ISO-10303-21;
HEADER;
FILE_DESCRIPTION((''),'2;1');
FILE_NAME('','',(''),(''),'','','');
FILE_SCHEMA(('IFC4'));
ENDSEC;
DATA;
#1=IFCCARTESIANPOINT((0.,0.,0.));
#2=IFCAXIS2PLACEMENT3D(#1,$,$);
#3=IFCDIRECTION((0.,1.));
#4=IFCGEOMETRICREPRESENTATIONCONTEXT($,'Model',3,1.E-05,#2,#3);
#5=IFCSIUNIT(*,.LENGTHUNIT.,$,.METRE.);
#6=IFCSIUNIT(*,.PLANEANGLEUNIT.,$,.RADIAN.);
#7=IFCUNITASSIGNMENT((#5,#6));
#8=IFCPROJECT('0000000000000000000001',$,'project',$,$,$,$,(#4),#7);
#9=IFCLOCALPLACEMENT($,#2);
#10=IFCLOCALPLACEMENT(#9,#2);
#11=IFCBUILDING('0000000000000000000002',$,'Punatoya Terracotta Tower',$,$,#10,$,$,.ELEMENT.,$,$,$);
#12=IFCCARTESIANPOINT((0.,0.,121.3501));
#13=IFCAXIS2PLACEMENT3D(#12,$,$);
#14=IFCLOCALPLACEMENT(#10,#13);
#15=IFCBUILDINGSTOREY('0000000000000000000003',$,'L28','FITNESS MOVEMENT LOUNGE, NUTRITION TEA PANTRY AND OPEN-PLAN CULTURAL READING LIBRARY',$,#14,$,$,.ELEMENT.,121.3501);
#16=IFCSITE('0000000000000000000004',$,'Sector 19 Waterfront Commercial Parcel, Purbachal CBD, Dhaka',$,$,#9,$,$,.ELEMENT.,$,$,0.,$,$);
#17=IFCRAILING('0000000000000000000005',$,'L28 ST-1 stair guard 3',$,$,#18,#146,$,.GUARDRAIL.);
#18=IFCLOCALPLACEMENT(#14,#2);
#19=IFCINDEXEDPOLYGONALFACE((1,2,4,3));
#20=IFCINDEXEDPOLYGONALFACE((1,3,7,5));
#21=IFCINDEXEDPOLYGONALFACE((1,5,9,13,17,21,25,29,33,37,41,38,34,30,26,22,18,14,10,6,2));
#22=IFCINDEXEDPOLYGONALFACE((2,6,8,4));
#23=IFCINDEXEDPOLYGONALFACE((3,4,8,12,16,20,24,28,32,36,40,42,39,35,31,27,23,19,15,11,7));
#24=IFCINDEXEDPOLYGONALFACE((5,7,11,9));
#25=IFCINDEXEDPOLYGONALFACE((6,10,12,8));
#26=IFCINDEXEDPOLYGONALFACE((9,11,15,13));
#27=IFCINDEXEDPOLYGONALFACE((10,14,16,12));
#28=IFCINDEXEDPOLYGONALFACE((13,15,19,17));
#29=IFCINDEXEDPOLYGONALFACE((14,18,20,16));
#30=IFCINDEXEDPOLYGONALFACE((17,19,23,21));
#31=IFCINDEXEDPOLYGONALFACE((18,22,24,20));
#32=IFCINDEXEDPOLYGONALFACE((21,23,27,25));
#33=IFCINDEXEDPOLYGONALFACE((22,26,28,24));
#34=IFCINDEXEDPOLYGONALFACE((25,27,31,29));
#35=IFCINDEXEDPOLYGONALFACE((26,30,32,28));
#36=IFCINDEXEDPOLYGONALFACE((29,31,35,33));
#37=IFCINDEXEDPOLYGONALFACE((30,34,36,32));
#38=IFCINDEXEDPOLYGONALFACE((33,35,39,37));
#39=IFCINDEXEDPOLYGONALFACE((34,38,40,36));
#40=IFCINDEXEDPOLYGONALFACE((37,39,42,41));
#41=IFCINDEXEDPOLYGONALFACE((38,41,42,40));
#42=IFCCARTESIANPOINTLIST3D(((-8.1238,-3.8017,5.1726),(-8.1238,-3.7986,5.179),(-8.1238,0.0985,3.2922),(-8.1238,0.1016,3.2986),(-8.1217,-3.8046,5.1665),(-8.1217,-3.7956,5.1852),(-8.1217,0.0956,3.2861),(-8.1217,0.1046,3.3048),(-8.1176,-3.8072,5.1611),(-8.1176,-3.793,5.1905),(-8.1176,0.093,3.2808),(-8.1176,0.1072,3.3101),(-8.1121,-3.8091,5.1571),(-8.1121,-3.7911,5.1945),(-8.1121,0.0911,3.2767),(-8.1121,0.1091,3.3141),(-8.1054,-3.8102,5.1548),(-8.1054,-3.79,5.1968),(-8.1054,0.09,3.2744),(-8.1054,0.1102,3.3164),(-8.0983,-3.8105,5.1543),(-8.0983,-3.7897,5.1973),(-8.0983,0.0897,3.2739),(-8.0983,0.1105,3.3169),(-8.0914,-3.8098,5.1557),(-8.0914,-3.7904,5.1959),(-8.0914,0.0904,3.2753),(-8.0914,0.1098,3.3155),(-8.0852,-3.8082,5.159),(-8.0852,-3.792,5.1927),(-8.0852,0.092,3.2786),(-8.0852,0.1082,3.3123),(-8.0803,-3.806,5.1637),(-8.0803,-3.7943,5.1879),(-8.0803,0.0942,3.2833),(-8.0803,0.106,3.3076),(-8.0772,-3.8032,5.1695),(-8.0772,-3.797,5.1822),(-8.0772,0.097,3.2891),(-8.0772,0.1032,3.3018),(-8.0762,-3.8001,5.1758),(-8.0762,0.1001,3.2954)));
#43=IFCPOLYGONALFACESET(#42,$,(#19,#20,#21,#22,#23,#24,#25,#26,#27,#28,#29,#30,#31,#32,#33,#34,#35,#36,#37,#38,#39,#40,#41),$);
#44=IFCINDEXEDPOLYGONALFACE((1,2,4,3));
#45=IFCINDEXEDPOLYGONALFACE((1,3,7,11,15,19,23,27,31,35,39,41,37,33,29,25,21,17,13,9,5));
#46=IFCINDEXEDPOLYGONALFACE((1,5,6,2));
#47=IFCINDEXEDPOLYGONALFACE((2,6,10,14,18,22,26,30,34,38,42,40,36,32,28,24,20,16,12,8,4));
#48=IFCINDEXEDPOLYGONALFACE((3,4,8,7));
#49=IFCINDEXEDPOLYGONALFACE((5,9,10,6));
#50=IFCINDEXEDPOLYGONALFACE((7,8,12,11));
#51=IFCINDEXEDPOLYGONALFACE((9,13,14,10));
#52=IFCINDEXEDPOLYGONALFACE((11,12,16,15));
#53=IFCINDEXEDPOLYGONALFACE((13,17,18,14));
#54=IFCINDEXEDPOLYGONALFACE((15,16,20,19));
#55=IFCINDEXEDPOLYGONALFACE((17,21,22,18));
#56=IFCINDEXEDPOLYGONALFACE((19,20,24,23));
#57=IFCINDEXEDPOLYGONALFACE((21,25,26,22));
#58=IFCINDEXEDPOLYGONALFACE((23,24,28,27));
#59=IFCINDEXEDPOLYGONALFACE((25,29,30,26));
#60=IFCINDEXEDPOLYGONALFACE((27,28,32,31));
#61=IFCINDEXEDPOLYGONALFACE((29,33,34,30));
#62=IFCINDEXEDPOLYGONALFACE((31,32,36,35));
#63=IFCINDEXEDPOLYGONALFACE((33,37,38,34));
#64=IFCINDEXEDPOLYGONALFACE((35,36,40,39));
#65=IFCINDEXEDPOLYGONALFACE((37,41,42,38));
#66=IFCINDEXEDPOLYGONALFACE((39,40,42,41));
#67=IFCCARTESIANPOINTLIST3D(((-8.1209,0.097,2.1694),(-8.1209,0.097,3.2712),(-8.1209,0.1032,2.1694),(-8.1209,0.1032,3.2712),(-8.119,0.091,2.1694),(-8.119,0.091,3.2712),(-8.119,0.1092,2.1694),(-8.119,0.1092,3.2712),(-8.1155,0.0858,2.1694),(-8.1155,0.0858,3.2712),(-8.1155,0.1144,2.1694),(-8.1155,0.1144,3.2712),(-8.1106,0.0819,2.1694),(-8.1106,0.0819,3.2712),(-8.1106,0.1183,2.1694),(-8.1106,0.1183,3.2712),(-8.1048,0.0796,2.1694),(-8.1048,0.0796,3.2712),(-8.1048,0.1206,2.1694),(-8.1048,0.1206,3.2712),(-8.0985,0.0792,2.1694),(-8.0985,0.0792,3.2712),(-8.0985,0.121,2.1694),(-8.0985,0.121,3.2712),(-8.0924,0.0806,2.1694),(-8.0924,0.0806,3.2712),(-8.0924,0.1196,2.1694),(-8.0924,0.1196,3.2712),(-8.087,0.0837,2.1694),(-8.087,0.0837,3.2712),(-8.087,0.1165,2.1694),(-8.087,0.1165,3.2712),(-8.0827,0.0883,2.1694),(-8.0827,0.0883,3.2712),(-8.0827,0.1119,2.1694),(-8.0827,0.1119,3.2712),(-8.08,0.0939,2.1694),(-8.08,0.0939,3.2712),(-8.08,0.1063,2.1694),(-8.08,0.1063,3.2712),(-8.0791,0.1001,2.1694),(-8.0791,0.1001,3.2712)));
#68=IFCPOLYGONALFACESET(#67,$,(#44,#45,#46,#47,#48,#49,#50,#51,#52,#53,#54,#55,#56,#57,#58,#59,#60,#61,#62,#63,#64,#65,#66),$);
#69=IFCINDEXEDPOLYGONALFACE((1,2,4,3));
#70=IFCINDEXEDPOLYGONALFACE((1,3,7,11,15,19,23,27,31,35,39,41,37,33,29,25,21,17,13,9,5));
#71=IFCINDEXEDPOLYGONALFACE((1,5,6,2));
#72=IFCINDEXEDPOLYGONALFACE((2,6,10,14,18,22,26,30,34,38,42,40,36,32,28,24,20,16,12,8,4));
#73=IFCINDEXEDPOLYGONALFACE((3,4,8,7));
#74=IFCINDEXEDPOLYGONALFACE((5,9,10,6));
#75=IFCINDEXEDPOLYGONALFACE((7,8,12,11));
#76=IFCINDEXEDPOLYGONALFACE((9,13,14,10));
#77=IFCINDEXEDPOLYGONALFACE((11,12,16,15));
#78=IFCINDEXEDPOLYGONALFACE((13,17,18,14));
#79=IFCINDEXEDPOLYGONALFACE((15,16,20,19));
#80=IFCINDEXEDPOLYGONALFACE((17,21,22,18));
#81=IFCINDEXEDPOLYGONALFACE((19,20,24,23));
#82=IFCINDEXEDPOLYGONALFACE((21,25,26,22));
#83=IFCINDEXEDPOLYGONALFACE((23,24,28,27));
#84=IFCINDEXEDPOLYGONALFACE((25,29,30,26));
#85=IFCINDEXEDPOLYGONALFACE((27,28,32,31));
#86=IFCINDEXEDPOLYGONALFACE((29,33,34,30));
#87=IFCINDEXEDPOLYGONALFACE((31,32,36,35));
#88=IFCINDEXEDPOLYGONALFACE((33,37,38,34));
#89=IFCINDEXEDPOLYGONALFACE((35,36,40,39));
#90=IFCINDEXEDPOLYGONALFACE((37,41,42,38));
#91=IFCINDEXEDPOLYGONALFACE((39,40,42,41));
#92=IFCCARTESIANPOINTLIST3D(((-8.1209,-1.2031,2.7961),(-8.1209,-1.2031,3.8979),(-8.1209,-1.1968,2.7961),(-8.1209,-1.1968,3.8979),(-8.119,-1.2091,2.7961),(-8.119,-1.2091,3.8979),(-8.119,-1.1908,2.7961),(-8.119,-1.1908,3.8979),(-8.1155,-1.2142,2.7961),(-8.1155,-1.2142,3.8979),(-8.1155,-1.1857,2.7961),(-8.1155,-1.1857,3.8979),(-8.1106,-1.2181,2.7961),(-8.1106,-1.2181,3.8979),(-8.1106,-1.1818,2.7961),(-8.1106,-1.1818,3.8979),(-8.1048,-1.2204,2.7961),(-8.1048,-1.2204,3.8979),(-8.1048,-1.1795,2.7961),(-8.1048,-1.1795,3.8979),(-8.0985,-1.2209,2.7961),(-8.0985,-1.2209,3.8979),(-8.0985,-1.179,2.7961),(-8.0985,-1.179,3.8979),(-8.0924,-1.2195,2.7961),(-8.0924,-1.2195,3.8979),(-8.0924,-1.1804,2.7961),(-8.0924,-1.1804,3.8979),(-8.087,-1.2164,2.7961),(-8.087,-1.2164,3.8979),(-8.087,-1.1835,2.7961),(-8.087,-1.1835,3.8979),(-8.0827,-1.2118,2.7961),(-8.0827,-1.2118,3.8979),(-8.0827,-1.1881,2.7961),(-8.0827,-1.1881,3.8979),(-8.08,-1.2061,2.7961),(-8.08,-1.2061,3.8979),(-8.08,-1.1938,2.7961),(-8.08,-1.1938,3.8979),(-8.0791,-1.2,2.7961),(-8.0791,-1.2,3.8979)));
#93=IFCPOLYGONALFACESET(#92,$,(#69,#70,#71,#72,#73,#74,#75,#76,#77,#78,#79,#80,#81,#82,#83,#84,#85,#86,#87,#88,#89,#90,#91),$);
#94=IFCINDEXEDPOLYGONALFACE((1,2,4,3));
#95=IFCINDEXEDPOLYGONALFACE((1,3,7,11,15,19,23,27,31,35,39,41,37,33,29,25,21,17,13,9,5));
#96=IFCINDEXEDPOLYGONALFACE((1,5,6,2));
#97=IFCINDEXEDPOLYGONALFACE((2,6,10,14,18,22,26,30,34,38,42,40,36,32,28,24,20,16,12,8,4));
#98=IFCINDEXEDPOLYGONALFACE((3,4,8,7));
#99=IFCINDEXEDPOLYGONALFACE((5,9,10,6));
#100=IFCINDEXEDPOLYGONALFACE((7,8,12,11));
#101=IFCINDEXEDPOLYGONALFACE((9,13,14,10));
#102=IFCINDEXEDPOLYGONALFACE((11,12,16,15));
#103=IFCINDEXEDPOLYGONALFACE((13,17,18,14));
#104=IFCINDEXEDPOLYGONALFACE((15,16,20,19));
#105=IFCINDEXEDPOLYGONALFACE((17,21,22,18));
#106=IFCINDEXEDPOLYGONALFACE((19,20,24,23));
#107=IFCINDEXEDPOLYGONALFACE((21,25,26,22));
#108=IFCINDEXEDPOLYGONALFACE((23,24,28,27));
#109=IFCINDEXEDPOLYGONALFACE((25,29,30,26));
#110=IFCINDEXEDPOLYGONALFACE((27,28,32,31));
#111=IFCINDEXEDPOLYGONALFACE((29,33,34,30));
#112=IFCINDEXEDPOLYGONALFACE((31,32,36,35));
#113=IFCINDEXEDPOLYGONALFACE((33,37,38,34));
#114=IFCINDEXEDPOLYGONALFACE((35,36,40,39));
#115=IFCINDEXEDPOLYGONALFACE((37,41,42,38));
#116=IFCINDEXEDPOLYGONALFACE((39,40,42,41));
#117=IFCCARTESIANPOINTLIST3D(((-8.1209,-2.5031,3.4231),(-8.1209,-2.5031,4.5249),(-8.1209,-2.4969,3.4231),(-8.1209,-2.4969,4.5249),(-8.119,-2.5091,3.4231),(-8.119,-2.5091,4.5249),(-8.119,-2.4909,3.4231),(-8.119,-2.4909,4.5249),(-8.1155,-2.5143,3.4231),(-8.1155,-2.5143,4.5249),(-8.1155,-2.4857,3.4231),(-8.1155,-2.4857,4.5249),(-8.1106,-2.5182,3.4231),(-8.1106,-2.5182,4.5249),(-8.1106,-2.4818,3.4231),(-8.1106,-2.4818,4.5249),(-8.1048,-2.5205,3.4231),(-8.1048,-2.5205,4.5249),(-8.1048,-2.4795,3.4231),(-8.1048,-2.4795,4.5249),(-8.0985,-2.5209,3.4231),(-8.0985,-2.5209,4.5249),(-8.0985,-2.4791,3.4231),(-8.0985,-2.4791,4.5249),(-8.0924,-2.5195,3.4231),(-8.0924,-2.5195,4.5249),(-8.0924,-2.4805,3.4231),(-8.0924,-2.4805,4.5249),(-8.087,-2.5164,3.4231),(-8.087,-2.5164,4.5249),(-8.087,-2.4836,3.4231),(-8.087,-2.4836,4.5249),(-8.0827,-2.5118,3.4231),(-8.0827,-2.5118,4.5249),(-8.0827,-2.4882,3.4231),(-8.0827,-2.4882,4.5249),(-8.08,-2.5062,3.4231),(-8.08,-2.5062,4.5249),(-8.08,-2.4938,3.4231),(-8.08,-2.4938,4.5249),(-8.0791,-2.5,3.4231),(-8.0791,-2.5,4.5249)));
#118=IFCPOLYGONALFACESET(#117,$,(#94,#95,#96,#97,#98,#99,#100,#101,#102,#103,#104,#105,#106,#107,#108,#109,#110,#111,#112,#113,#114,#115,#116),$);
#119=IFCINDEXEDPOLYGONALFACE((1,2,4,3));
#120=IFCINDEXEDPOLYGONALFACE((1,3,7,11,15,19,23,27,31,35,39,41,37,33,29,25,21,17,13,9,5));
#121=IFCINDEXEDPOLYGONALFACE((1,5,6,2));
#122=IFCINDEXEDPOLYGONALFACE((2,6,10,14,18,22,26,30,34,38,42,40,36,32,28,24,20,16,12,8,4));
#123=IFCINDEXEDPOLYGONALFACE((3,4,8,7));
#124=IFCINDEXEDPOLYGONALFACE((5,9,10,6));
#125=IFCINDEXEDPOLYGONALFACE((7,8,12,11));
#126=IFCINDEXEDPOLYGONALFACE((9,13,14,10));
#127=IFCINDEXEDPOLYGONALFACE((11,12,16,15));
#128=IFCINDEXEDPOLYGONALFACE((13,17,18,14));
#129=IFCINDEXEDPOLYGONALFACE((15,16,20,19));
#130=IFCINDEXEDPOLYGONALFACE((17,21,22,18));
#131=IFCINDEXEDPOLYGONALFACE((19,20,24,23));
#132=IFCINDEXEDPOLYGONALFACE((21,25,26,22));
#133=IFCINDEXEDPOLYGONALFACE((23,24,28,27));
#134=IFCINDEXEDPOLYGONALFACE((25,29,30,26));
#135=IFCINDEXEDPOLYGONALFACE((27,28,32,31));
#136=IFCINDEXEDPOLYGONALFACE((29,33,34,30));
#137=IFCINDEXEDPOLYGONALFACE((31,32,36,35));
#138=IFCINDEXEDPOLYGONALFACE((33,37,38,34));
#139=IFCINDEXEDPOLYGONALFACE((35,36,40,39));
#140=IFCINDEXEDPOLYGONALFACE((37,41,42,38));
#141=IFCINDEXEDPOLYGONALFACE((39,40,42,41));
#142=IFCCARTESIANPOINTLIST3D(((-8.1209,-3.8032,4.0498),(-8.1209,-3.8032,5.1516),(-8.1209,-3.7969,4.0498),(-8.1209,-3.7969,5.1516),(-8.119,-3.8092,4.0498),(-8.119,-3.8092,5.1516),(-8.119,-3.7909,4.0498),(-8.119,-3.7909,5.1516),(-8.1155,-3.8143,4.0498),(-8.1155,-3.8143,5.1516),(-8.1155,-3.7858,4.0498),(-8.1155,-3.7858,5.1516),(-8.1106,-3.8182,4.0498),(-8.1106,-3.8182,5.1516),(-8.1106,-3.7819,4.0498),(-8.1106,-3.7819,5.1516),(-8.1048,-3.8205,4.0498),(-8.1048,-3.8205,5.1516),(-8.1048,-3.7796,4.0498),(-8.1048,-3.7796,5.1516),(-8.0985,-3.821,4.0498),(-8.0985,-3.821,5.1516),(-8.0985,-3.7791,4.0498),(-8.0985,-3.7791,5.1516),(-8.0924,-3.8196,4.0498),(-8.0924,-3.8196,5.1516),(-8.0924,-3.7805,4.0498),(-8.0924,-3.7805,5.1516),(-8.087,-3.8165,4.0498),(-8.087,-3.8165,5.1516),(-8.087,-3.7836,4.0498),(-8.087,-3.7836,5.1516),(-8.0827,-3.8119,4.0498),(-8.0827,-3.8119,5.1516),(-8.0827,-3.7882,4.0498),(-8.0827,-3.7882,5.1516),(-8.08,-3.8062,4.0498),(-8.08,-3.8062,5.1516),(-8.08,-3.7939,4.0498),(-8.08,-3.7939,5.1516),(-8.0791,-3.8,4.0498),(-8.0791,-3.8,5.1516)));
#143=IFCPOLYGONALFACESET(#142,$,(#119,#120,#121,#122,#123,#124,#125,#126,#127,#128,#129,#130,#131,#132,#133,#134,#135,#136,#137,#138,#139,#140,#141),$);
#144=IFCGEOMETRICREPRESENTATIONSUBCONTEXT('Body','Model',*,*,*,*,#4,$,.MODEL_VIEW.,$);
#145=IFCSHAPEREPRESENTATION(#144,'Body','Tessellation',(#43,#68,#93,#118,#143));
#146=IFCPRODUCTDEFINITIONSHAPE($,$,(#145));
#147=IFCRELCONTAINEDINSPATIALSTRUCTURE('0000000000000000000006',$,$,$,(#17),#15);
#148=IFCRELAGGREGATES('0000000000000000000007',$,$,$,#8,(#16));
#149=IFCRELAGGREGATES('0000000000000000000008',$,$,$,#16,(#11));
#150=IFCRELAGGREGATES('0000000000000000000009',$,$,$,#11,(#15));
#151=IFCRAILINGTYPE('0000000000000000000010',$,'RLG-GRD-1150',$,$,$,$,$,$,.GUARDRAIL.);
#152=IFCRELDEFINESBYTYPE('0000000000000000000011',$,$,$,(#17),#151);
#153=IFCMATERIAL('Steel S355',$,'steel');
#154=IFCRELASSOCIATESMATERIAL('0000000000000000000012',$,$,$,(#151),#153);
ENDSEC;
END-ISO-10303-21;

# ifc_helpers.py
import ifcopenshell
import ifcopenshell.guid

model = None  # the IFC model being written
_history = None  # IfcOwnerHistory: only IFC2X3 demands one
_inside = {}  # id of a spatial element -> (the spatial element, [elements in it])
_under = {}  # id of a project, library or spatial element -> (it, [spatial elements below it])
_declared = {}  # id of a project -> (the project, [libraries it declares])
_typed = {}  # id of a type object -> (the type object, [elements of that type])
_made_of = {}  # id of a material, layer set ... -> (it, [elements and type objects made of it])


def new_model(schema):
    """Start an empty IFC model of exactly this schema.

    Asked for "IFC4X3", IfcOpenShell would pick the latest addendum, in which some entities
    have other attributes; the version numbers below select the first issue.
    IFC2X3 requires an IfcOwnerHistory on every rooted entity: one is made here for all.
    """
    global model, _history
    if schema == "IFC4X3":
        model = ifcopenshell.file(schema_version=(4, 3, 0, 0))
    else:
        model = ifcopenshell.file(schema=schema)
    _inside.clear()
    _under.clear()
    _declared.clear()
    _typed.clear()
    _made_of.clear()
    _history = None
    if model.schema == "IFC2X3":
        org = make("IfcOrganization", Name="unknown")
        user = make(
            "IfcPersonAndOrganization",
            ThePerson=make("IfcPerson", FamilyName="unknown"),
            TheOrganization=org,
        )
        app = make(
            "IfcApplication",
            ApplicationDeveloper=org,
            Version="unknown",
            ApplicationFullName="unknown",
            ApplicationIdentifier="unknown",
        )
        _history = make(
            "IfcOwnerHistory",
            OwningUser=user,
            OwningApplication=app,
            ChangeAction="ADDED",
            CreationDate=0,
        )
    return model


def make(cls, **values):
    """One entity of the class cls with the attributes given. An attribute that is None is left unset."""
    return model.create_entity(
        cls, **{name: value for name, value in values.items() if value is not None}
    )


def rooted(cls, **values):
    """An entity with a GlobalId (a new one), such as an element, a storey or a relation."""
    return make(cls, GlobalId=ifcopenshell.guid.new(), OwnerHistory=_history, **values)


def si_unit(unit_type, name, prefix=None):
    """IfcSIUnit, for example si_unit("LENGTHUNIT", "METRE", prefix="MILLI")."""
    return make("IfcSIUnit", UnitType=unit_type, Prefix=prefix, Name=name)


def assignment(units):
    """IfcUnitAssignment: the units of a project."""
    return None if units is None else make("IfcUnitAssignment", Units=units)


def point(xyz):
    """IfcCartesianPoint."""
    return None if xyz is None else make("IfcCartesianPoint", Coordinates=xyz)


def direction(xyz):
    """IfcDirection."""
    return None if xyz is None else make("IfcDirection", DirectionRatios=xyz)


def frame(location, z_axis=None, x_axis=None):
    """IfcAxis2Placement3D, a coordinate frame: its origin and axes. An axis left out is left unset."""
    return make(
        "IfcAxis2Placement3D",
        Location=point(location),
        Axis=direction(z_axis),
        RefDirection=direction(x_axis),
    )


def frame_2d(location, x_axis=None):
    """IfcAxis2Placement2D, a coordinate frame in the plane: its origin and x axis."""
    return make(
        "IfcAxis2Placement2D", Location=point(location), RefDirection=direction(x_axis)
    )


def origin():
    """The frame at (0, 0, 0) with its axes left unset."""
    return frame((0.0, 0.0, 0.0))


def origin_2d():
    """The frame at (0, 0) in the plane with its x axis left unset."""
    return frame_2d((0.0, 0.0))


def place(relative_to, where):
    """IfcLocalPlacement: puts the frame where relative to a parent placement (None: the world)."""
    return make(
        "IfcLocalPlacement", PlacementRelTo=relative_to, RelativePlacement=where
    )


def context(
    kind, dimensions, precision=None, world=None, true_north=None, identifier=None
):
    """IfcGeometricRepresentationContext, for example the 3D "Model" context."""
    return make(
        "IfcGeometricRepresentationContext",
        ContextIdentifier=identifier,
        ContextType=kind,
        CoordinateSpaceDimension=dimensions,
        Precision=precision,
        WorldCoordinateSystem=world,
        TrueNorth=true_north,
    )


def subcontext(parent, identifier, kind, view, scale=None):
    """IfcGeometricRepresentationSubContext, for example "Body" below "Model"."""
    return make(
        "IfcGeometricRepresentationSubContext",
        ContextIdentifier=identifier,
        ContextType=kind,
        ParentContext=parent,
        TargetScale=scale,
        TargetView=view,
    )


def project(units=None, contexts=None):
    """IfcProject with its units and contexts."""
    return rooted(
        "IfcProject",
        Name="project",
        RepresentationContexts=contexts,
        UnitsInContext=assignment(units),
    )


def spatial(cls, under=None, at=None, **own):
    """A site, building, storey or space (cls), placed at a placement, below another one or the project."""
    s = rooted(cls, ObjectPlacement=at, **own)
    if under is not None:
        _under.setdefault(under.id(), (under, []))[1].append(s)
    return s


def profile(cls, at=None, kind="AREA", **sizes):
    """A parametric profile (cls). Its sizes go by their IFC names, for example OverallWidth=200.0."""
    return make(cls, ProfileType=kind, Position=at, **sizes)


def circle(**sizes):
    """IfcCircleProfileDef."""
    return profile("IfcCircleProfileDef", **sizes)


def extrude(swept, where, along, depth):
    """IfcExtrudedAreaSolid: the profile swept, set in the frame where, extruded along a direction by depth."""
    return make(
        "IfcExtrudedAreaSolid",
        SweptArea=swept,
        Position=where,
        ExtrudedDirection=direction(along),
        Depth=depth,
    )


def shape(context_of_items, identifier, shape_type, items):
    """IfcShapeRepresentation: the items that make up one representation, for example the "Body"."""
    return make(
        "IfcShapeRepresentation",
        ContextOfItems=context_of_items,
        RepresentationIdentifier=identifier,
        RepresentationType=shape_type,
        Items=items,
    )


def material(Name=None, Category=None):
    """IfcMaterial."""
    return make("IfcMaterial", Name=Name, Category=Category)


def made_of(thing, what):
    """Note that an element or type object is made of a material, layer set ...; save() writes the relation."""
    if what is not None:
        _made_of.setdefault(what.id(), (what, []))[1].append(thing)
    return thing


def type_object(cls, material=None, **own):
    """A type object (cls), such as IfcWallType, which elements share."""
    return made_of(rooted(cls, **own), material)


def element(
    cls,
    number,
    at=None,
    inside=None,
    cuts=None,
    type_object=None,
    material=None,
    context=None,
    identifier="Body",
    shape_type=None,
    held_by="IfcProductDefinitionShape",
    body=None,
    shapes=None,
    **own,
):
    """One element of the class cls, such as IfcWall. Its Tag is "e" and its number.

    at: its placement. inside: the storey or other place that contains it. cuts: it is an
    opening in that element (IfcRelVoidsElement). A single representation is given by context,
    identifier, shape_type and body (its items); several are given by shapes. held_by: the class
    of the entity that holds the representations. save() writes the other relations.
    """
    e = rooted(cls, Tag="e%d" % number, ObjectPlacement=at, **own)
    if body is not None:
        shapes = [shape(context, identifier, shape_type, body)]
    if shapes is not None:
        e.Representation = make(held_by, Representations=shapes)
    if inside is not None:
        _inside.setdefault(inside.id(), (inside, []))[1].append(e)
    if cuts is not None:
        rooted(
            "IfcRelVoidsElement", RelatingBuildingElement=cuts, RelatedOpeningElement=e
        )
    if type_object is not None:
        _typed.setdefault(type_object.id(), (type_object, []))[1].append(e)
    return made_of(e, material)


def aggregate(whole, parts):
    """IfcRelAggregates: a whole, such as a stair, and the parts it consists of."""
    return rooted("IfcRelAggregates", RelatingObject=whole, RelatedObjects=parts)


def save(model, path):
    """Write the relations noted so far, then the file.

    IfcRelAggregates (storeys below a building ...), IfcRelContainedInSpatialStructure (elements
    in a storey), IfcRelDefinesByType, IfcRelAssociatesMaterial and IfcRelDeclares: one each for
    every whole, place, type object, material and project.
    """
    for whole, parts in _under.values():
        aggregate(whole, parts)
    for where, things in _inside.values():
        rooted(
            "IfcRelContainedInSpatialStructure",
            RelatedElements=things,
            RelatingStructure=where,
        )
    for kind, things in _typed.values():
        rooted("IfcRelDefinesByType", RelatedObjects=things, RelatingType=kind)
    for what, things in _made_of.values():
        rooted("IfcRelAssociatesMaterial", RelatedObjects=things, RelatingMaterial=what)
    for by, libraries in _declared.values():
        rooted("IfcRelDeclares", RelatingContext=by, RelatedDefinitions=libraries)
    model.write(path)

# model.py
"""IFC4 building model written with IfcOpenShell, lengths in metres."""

from ifc_helpers import new_model, si_unit, direction, frame, origin, origin_2d, place, context, subcontext, project, spatial, circle, extrude, material, type_object, element, save


model = new_model("IFC4")

# Units and contexts
model_context = context("Model", 3, precision=1e-05, world=origin(), true_north=direction((0.0, 1.0)))
body_context = subcontext(model_context, "Body", "Model", "MODEL_VIEW")
ifc_project = project(units=[si_unit("LENGTHUNIT", "METRE"), si_unit("PLANEANGLEUNIT", "RADIAN")], contexts=[model_context])

# Site, building, storey
site_placement = place(None, origin())
site = spatial("IfcSite", under=ifc_project, at=site_placement, Name="Sector 19 Waterfront Commercial Parcel, Purbachal CBD, Dhaka", CompositionType="ELEMENT", RefElevation=0.0)
building_placement = place(site_placement, origin())
building = spatial("IfcBuilding", under=site, at=building_placement, Name="Punatoya Terracotta Tower", CompositionType="ELEMENT")
storey_placement = place(building_placement, frame((0.0, 0.0, 121.3501)))
storey = spatial("IfcBuildingStorey", under=building, at=storey_placement, Name="L28", Description="FITNESS MOVEMENT LOUNGE, NUTRITION TEA PANTRY AND OPEN-PLAN CULTURAL READING LIBRARY", CompositionType="ELEMENT", Elevation=121.3501)

# Railing
ifc_material_1 = material(Name="Steel S355", Category="steel")
railing_type_1 = type_object("IfcRailingType", Name="RLG-GRD-1150", PredefinedType="GUARDRAIL", material=ifc_material_1)
railing_1_placement = place(storey_placement, frame((-8.1001, 0.1001, 2.1694)))
element("IfcRailing", 1, at=railing_1_placement, inside=storey, type_object=railing_type_1, Name="L28 ST-1 stair guard 3", PredefinedType="GUARDRAIL", context=body_context, shape_type="SweptSolid", body=[
    extrude(circle(Radius=0.0239, at=origin_2d()), frame((0.0, 0.0, 1.126), z_axis=(0.0, -0.900774, 0.434289), x_axis=(1.0, 0.0, 0.0)), (0.0, 0.0, 1.0), 4.3298),
    extrude(circle(Radius=0.021, at=origin_2d()), origin(), (0.0, 0.0, 1.0), 1.1018),
    extrude(circle(Radius=0.021, at=origin_2d()), frame((0.0, -1.3, 0.6267)), (0.0, 0.0, 1.0), 1.1018),
    extrude(circle(Radius=0.021, at=origin_2d()), frame((0.0, -2.6001, 1.2537)), (0.0, 0.0, 1.0), 1.1018),
    extrude(circle(Radius=0.021, at=origin_2d()), frame((0.0, -3.9001, 1.8804)), (0.0, 0.0, 1.0), 1.1018),
])

save(model, "model.ifc")
